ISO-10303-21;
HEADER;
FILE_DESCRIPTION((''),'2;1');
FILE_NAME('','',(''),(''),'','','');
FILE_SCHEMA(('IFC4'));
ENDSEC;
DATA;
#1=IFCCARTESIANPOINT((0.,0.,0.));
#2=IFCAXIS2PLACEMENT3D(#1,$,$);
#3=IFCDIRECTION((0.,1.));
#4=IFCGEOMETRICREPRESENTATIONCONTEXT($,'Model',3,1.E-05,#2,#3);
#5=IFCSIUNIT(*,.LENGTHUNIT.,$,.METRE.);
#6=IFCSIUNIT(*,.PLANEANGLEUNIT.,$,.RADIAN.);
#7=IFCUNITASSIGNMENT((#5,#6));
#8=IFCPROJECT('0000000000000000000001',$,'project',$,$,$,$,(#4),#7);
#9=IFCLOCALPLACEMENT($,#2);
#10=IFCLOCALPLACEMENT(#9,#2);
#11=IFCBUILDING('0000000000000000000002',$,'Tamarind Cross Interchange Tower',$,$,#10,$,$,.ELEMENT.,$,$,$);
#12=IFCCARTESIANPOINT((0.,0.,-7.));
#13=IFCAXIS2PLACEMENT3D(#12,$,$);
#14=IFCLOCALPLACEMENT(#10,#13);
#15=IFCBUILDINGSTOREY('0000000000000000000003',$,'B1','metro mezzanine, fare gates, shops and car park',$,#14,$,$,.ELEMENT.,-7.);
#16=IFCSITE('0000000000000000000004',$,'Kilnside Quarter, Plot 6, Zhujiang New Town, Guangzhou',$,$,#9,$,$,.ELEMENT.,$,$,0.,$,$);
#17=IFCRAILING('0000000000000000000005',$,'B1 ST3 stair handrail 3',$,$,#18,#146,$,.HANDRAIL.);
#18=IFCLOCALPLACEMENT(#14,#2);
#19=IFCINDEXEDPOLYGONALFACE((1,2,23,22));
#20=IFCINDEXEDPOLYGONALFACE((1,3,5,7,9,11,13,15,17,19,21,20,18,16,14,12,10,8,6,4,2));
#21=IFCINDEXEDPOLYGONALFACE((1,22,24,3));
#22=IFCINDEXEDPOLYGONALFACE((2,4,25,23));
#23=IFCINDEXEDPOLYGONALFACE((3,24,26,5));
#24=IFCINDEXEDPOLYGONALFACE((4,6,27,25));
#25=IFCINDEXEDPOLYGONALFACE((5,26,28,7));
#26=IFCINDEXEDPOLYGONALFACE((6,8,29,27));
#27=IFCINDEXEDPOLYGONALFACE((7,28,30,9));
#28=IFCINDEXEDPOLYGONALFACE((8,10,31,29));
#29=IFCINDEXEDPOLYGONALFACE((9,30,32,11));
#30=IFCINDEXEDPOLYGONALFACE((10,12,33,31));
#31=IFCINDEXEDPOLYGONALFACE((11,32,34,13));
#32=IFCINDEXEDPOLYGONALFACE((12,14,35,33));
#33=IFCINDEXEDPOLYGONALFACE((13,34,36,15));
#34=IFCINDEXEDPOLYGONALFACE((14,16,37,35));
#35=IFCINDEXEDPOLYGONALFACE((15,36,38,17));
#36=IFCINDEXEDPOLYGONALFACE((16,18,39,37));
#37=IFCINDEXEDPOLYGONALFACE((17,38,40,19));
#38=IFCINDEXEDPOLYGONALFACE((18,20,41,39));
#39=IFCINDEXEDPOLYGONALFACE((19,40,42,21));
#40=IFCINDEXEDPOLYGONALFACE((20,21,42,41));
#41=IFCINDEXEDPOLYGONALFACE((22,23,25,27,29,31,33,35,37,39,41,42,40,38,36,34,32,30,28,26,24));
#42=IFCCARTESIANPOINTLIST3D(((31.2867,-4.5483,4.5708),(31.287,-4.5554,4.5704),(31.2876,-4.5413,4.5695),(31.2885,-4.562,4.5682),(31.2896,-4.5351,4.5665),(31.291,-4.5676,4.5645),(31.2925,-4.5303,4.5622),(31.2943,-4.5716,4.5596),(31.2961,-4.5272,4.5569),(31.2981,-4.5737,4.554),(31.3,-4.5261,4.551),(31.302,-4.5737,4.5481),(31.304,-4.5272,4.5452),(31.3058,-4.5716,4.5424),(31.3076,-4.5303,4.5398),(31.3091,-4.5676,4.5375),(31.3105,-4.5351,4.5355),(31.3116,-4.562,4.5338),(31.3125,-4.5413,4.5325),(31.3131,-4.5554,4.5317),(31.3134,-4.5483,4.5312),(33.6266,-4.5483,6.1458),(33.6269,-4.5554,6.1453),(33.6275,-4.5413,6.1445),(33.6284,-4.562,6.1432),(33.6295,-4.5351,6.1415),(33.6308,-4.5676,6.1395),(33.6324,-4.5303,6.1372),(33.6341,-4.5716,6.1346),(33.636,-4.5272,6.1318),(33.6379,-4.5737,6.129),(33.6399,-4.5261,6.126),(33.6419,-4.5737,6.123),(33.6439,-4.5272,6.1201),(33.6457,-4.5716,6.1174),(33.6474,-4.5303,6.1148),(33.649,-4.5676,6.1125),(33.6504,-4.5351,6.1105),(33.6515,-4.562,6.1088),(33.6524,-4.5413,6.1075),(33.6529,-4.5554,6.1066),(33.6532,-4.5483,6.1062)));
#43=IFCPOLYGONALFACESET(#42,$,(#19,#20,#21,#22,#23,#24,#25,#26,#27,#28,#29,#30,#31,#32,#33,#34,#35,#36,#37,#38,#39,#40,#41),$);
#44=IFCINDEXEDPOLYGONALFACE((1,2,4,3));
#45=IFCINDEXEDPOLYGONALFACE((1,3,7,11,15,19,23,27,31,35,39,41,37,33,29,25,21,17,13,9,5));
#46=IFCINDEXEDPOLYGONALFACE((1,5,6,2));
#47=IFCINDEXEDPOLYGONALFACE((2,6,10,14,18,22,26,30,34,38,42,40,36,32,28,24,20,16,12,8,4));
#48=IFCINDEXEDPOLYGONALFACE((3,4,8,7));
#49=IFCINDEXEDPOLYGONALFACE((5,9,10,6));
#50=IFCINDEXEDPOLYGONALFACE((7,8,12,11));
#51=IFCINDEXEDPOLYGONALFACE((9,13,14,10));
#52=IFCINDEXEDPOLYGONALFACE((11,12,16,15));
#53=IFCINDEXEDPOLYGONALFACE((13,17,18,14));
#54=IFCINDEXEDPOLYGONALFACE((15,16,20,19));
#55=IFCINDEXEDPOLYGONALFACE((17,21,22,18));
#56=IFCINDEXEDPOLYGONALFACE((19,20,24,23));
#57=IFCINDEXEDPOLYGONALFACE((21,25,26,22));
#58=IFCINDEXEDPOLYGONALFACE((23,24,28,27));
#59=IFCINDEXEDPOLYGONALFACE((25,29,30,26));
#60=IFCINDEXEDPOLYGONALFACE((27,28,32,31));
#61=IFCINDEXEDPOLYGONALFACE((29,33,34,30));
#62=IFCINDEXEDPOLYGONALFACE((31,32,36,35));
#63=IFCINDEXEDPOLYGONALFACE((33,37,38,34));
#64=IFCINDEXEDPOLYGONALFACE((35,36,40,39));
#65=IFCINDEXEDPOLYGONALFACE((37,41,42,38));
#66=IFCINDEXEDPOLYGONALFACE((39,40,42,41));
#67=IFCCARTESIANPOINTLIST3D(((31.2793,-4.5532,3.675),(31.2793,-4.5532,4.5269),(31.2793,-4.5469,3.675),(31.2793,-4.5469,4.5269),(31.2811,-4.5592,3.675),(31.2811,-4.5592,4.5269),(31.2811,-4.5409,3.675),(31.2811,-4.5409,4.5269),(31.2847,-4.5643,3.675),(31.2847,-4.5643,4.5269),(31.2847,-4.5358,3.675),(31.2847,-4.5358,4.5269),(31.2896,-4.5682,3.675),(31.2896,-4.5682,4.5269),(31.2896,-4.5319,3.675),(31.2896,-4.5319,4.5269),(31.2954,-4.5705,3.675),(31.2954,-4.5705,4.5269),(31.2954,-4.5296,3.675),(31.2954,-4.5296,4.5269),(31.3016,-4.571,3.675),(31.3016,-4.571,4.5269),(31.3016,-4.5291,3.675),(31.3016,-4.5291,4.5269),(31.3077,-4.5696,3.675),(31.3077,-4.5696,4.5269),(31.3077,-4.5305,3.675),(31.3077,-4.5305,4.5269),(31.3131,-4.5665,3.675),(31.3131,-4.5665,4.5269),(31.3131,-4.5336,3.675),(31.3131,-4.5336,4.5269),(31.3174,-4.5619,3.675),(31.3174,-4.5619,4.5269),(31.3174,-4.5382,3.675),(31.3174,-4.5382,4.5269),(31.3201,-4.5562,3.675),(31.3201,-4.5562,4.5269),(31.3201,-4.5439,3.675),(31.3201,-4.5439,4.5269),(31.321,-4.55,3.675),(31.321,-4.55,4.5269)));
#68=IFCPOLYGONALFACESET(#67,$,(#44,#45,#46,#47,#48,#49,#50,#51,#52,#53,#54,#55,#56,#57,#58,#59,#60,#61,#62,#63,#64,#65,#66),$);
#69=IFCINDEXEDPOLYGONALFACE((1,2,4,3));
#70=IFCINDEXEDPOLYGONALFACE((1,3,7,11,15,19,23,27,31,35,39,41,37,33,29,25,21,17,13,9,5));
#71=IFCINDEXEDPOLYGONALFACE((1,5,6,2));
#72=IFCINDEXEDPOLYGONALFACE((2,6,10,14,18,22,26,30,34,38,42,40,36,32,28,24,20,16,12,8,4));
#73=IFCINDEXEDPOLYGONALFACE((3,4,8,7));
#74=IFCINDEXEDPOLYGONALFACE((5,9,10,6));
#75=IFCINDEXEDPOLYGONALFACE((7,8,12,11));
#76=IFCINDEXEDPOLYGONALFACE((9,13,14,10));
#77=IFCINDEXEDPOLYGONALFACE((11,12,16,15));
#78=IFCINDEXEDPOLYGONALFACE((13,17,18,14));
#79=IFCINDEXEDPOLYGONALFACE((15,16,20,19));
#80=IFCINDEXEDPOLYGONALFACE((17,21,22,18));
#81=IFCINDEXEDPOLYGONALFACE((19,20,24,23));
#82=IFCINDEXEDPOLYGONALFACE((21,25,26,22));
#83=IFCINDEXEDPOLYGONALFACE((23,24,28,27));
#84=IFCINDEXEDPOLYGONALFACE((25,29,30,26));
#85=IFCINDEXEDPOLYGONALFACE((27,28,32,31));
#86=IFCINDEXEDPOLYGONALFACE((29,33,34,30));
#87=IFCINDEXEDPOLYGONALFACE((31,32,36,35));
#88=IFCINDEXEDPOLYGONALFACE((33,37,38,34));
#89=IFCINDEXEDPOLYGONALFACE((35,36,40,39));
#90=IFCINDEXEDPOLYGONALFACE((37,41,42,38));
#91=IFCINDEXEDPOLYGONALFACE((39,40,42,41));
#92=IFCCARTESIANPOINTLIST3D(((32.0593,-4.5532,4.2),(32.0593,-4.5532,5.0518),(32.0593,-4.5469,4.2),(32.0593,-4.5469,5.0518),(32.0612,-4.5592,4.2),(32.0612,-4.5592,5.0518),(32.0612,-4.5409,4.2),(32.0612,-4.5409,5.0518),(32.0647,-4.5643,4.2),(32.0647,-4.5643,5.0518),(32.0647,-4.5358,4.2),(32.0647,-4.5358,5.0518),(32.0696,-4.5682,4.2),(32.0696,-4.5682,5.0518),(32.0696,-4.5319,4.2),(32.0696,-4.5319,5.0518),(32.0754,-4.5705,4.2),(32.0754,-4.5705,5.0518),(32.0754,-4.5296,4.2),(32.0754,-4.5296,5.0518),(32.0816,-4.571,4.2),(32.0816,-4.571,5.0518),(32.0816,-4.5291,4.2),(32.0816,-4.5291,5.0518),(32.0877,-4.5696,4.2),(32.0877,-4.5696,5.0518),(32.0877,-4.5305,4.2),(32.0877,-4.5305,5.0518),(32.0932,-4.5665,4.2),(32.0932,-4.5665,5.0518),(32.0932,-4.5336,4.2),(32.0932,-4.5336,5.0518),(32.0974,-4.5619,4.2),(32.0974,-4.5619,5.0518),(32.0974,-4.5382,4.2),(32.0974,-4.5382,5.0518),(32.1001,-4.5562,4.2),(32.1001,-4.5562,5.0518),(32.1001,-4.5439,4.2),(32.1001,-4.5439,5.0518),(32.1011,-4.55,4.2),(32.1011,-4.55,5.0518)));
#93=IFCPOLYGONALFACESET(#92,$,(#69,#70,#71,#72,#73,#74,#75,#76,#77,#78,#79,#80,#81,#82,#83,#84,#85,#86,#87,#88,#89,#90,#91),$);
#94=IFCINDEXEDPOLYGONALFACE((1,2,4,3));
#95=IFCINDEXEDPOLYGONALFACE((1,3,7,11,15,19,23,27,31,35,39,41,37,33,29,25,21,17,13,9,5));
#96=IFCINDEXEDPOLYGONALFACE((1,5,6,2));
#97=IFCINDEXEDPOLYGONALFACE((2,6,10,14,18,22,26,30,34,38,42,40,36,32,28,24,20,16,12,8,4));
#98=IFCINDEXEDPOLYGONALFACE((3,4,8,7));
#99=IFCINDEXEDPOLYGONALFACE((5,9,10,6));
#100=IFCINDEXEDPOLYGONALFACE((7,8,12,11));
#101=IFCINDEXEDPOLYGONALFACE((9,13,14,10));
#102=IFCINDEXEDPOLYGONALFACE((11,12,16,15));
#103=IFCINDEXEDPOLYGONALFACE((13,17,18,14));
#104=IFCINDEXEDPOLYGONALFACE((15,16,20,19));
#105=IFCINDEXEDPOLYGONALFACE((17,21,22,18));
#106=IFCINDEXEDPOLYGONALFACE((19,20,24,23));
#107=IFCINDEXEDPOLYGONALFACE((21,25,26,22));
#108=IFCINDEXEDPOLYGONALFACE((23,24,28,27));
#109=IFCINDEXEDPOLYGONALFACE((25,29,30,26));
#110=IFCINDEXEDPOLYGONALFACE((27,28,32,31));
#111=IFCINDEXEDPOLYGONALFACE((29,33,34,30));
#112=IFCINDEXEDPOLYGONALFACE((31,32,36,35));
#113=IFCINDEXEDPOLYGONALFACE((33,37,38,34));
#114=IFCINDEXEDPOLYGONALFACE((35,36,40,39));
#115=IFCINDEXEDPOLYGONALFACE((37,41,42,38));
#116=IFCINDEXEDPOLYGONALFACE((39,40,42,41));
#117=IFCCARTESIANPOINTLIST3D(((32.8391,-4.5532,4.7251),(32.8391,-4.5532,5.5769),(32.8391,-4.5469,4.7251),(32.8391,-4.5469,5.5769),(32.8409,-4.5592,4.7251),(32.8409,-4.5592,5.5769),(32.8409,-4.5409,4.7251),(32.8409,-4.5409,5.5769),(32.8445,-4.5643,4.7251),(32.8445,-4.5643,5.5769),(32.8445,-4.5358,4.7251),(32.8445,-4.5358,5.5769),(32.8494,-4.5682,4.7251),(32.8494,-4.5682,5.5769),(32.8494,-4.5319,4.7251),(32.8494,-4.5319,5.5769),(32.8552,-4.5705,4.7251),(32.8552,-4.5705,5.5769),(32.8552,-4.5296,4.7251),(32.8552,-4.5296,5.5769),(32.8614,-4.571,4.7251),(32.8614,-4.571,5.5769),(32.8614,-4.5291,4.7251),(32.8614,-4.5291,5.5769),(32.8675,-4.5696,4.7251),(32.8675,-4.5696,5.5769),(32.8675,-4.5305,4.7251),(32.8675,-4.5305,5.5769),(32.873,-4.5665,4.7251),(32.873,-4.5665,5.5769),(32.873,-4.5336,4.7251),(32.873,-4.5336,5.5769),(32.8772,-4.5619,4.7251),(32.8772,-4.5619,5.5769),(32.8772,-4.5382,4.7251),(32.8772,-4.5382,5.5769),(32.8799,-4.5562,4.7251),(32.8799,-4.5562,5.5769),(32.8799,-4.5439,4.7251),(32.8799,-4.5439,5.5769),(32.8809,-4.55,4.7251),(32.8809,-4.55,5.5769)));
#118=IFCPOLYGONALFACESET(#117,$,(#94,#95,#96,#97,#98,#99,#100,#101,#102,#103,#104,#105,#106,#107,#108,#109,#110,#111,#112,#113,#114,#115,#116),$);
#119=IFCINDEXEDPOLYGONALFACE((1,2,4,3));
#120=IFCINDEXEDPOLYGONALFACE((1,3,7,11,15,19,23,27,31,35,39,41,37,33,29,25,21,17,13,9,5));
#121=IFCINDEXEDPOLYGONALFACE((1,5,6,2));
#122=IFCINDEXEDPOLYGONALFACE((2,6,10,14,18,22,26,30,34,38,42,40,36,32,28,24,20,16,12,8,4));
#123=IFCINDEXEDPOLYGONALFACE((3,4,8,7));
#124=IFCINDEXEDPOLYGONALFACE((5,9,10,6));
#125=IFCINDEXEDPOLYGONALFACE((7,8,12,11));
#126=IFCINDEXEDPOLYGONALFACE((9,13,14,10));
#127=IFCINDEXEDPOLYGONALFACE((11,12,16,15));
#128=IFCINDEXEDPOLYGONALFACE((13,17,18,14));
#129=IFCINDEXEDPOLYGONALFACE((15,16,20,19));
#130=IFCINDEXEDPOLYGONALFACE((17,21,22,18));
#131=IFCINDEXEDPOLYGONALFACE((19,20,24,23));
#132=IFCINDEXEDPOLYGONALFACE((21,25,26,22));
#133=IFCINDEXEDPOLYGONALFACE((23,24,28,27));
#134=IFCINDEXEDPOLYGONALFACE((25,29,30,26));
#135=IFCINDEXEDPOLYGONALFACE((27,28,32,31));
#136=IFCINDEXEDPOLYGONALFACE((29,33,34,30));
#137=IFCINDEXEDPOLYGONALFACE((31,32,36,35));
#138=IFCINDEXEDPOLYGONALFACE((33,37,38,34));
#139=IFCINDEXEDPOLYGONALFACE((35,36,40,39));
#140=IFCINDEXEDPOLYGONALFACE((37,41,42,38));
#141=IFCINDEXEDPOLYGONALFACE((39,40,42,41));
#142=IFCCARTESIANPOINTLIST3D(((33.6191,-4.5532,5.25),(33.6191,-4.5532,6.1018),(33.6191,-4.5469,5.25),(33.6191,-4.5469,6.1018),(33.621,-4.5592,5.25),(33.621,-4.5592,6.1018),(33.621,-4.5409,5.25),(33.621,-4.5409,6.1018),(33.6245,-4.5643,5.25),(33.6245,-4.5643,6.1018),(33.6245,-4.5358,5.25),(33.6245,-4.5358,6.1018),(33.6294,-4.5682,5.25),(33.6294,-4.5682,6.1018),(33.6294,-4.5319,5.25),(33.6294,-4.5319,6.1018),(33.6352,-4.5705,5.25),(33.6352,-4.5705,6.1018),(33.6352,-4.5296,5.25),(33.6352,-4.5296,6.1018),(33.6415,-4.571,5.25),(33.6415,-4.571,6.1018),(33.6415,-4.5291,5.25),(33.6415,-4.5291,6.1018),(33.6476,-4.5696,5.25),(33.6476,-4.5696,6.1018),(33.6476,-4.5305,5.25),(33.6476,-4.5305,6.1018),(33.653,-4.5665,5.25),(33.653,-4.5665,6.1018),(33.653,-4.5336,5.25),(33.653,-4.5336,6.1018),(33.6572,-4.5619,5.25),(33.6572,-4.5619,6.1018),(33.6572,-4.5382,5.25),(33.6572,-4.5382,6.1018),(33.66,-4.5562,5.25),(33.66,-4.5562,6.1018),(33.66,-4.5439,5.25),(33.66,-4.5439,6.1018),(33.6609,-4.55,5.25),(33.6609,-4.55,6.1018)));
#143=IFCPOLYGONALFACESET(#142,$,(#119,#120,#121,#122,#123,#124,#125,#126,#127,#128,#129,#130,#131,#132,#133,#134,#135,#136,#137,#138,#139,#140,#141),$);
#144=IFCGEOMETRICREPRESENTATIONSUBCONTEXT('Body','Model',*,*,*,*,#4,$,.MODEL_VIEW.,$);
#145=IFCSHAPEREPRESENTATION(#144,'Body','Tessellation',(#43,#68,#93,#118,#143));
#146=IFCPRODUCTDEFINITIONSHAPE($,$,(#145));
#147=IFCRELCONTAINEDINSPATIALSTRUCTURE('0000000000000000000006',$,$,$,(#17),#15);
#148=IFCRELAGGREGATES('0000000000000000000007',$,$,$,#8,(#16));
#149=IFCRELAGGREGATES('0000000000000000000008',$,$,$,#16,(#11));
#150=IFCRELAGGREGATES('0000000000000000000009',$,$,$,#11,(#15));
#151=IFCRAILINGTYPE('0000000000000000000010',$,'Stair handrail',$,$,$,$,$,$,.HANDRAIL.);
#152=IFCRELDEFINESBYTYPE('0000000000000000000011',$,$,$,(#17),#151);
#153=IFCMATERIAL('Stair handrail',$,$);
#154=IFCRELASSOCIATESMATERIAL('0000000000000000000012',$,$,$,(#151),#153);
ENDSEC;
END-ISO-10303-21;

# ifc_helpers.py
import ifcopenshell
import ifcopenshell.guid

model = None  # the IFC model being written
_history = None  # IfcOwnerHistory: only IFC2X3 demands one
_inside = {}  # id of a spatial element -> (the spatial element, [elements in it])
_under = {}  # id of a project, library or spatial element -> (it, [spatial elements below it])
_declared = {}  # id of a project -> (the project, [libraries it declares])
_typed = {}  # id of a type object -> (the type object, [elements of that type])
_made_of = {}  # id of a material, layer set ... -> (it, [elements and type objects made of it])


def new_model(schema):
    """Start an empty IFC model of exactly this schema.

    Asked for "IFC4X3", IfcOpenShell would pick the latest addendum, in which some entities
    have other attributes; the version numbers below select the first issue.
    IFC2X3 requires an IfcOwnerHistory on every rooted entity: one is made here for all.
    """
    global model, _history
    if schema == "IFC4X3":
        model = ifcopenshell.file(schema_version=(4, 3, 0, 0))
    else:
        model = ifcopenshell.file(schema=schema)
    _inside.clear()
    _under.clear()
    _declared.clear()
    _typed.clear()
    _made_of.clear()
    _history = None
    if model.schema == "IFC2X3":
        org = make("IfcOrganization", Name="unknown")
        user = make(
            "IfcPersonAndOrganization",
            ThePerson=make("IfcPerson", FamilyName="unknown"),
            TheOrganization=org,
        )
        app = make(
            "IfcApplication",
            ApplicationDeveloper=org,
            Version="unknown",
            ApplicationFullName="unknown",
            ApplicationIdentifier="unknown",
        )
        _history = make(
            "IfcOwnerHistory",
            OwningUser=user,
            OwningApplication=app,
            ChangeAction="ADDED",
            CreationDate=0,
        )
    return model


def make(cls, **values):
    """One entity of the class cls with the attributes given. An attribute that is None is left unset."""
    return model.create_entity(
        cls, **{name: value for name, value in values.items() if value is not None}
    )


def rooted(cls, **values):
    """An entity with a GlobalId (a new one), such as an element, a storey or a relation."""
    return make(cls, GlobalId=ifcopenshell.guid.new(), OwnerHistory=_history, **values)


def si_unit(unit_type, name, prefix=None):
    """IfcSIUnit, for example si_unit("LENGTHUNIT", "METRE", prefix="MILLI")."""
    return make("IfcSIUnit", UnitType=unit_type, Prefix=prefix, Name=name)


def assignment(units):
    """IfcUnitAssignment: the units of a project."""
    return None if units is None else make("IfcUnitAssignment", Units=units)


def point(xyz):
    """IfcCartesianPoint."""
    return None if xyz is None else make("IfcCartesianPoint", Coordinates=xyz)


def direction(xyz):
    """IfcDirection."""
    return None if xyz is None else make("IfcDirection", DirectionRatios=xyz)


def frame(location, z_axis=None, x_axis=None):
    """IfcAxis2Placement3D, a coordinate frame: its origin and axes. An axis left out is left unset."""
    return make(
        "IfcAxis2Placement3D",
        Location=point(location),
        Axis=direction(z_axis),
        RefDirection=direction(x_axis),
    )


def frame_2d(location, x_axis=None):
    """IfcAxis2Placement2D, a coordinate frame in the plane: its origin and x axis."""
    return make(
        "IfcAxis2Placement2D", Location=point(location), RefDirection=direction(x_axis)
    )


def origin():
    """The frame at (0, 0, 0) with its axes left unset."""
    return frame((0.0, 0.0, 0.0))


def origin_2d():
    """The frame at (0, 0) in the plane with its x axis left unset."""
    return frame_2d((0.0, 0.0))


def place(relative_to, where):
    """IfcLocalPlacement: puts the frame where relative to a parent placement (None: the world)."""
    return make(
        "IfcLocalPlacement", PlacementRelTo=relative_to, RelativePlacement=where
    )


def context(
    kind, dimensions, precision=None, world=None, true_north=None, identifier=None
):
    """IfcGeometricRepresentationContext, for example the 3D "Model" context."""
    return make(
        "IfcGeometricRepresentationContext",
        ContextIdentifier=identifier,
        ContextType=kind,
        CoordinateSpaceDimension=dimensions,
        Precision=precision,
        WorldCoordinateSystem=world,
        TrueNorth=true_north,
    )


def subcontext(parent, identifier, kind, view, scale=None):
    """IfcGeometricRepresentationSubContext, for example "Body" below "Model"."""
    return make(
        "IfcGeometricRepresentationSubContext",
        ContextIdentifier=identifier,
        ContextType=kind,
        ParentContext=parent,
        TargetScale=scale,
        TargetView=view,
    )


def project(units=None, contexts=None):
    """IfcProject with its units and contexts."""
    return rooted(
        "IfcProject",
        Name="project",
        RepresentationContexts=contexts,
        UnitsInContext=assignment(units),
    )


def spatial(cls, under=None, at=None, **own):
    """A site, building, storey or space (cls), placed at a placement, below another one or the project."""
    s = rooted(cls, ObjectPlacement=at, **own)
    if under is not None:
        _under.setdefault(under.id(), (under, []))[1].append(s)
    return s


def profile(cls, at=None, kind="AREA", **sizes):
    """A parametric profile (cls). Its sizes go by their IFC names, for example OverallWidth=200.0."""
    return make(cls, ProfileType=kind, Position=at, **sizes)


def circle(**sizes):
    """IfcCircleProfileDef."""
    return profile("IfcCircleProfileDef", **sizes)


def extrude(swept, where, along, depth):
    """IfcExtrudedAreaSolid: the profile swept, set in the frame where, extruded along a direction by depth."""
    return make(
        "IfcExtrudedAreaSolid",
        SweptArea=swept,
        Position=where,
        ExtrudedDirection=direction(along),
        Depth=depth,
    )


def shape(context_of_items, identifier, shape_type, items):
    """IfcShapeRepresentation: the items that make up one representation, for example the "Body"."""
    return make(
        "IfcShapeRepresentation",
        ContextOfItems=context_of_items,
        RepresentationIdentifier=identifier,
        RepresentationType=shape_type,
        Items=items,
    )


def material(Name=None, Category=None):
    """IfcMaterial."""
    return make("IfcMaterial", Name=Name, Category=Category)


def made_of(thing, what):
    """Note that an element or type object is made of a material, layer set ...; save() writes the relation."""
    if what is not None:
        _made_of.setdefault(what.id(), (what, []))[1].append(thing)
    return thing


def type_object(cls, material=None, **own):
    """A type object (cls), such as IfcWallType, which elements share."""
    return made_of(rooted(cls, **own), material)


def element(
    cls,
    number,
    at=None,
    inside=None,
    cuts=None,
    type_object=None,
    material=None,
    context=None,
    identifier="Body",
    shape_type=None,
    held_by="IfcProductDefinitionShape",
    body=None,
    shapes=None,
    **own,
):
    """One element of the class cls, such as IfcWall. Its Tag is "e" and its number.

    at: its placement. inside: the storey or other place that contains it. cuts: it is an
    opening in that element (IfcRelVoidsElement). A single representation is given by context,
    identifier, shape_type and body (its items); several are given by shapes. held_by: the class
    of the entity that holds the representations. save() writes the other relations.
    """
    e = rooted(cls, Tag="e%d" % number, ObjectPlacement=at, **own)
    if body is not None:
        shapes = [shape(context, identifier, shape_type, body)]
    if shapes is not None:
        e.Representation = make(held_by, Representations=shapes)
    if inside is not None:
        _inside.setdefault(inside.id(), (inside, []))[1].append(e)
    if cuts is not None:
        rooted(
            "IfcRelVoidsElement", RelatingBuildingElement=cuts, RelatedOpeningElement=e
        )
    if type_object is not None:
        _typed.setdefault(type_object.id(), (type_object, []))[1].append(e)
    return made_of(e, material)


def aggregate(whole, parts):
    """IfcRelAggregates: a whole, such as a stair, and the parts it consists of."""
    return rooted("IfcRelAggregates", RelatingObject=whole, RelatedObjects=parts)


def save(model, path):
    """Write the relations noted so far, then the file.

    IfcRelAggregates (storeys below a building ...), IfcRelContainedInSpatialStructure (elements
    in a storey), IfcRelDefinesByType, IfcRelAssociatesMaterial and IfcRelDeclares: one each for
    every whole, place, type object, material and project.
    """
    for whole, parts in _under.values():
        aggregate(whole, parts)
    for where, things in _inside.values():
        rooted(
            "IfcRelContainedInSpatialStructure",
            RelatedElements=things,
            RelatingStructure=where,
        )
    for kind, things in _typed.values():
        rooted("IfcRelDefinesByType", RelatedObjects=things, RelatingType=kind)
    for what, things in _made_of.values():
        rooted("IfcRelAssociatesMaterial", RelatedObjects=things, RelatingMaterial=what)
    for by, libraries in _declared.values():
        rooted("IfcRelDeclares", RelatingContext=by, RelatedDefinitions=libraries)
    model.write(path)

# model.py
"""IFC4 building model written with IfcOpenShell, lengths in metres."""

from ifc_helpers import new_model, si_unit, direction, frame, origin, origin_2d, place, context, subcontext, project, spatial, circle, extrude, material, type_object, element, save


model = new_model("IFC4")

# Units and contexts
model_context = context("Model", 3, precision=1e-05, world=origin(), true_north=direction((0.0, 1.0)))
body_context = subcontext(model_context, "Body", "Model", "MODEL_VIEW")
ifc_project = project(units=[si_unit("LENGTHUNIT", "METRE"), si_unit("PLANEANGLEUNIT", "RADIAN")], contexts=[model_context])

# Site, building, storey
site_placement = place(None, origin())
site = spatial("IfcSite", under=ifc_project, at=site_placement, Name="Kilnside Quarter, Plot 6, Zhujiang New Town, Guangzhou", CompositionType="ELEMENT", RefElevation=0.0)
building_placement = place(site_placement, origin())
building = spatial("IfcBuilding", under=site, at=building_placement, Name="Tamarind Cross Interchange Tower", CompositionType="ELEMENT")
storey_placement = place(building_placement, frame((0.0, 0.0, -7.0)))
storey = spatial("IfcBuildingStorey", under=building, at=storey_placement, Name="B1", Description="metro mezzanine, fare gates, shops and car park", CompositionType="ELEMENT", Elevation=-7.0)

# Railing
ifc_material_1 = material(Name="Stair handrail")
railing_type_1 = type_object("IfcRailingType", Name="Stair handrail", PredefinedType="HANDRAIL", material=ifc_material_1)
railing_1_placement = place(storey_placement, frame((31.3, -4.55, 3.675)))
element("IfcRailing", 1, at=railing_1_placement, inside=storey, type_object=railing_type_1, Name="B1 ST3 stair handrail 3", PredefinedType="HANDRAIL", context=body_context, shape_type="SweptSolid", body=[
    extrude(circle(Radius=0.0239, at=origin_2d()), frame((0.0, 0.0, 0.876), z_axis=(0.829578, 0.0, 0.55839), x_axis=(0.0, 1.0, 0.0)), (0.0, 0.0, 1.0), 2.8206),
    extrude(circle(Radius=0.021, at=origin_2d()), origin(), (0.0, 0.0, 1.0), 0.8518),
    extrude(circle(Radius=0.021, at=origin_2d()), frame((0.78, 0.0, 0.5249)), (0.0, 0.0, 1.0), 0.8518),
    extrude(circle(Radius=0.021, at=origin_2d()), frame((1.5598, 0.0, 1.05)), (0.0, 0.0, 1.0), 0.8518),
    extrude(circle(Radius=0.021, at=origin_2d()), frame((2.3398, 0.0, 1.575)), (0.0, 0.0, 1.0), 0.8518),
])

save(model, "model.ifc")
